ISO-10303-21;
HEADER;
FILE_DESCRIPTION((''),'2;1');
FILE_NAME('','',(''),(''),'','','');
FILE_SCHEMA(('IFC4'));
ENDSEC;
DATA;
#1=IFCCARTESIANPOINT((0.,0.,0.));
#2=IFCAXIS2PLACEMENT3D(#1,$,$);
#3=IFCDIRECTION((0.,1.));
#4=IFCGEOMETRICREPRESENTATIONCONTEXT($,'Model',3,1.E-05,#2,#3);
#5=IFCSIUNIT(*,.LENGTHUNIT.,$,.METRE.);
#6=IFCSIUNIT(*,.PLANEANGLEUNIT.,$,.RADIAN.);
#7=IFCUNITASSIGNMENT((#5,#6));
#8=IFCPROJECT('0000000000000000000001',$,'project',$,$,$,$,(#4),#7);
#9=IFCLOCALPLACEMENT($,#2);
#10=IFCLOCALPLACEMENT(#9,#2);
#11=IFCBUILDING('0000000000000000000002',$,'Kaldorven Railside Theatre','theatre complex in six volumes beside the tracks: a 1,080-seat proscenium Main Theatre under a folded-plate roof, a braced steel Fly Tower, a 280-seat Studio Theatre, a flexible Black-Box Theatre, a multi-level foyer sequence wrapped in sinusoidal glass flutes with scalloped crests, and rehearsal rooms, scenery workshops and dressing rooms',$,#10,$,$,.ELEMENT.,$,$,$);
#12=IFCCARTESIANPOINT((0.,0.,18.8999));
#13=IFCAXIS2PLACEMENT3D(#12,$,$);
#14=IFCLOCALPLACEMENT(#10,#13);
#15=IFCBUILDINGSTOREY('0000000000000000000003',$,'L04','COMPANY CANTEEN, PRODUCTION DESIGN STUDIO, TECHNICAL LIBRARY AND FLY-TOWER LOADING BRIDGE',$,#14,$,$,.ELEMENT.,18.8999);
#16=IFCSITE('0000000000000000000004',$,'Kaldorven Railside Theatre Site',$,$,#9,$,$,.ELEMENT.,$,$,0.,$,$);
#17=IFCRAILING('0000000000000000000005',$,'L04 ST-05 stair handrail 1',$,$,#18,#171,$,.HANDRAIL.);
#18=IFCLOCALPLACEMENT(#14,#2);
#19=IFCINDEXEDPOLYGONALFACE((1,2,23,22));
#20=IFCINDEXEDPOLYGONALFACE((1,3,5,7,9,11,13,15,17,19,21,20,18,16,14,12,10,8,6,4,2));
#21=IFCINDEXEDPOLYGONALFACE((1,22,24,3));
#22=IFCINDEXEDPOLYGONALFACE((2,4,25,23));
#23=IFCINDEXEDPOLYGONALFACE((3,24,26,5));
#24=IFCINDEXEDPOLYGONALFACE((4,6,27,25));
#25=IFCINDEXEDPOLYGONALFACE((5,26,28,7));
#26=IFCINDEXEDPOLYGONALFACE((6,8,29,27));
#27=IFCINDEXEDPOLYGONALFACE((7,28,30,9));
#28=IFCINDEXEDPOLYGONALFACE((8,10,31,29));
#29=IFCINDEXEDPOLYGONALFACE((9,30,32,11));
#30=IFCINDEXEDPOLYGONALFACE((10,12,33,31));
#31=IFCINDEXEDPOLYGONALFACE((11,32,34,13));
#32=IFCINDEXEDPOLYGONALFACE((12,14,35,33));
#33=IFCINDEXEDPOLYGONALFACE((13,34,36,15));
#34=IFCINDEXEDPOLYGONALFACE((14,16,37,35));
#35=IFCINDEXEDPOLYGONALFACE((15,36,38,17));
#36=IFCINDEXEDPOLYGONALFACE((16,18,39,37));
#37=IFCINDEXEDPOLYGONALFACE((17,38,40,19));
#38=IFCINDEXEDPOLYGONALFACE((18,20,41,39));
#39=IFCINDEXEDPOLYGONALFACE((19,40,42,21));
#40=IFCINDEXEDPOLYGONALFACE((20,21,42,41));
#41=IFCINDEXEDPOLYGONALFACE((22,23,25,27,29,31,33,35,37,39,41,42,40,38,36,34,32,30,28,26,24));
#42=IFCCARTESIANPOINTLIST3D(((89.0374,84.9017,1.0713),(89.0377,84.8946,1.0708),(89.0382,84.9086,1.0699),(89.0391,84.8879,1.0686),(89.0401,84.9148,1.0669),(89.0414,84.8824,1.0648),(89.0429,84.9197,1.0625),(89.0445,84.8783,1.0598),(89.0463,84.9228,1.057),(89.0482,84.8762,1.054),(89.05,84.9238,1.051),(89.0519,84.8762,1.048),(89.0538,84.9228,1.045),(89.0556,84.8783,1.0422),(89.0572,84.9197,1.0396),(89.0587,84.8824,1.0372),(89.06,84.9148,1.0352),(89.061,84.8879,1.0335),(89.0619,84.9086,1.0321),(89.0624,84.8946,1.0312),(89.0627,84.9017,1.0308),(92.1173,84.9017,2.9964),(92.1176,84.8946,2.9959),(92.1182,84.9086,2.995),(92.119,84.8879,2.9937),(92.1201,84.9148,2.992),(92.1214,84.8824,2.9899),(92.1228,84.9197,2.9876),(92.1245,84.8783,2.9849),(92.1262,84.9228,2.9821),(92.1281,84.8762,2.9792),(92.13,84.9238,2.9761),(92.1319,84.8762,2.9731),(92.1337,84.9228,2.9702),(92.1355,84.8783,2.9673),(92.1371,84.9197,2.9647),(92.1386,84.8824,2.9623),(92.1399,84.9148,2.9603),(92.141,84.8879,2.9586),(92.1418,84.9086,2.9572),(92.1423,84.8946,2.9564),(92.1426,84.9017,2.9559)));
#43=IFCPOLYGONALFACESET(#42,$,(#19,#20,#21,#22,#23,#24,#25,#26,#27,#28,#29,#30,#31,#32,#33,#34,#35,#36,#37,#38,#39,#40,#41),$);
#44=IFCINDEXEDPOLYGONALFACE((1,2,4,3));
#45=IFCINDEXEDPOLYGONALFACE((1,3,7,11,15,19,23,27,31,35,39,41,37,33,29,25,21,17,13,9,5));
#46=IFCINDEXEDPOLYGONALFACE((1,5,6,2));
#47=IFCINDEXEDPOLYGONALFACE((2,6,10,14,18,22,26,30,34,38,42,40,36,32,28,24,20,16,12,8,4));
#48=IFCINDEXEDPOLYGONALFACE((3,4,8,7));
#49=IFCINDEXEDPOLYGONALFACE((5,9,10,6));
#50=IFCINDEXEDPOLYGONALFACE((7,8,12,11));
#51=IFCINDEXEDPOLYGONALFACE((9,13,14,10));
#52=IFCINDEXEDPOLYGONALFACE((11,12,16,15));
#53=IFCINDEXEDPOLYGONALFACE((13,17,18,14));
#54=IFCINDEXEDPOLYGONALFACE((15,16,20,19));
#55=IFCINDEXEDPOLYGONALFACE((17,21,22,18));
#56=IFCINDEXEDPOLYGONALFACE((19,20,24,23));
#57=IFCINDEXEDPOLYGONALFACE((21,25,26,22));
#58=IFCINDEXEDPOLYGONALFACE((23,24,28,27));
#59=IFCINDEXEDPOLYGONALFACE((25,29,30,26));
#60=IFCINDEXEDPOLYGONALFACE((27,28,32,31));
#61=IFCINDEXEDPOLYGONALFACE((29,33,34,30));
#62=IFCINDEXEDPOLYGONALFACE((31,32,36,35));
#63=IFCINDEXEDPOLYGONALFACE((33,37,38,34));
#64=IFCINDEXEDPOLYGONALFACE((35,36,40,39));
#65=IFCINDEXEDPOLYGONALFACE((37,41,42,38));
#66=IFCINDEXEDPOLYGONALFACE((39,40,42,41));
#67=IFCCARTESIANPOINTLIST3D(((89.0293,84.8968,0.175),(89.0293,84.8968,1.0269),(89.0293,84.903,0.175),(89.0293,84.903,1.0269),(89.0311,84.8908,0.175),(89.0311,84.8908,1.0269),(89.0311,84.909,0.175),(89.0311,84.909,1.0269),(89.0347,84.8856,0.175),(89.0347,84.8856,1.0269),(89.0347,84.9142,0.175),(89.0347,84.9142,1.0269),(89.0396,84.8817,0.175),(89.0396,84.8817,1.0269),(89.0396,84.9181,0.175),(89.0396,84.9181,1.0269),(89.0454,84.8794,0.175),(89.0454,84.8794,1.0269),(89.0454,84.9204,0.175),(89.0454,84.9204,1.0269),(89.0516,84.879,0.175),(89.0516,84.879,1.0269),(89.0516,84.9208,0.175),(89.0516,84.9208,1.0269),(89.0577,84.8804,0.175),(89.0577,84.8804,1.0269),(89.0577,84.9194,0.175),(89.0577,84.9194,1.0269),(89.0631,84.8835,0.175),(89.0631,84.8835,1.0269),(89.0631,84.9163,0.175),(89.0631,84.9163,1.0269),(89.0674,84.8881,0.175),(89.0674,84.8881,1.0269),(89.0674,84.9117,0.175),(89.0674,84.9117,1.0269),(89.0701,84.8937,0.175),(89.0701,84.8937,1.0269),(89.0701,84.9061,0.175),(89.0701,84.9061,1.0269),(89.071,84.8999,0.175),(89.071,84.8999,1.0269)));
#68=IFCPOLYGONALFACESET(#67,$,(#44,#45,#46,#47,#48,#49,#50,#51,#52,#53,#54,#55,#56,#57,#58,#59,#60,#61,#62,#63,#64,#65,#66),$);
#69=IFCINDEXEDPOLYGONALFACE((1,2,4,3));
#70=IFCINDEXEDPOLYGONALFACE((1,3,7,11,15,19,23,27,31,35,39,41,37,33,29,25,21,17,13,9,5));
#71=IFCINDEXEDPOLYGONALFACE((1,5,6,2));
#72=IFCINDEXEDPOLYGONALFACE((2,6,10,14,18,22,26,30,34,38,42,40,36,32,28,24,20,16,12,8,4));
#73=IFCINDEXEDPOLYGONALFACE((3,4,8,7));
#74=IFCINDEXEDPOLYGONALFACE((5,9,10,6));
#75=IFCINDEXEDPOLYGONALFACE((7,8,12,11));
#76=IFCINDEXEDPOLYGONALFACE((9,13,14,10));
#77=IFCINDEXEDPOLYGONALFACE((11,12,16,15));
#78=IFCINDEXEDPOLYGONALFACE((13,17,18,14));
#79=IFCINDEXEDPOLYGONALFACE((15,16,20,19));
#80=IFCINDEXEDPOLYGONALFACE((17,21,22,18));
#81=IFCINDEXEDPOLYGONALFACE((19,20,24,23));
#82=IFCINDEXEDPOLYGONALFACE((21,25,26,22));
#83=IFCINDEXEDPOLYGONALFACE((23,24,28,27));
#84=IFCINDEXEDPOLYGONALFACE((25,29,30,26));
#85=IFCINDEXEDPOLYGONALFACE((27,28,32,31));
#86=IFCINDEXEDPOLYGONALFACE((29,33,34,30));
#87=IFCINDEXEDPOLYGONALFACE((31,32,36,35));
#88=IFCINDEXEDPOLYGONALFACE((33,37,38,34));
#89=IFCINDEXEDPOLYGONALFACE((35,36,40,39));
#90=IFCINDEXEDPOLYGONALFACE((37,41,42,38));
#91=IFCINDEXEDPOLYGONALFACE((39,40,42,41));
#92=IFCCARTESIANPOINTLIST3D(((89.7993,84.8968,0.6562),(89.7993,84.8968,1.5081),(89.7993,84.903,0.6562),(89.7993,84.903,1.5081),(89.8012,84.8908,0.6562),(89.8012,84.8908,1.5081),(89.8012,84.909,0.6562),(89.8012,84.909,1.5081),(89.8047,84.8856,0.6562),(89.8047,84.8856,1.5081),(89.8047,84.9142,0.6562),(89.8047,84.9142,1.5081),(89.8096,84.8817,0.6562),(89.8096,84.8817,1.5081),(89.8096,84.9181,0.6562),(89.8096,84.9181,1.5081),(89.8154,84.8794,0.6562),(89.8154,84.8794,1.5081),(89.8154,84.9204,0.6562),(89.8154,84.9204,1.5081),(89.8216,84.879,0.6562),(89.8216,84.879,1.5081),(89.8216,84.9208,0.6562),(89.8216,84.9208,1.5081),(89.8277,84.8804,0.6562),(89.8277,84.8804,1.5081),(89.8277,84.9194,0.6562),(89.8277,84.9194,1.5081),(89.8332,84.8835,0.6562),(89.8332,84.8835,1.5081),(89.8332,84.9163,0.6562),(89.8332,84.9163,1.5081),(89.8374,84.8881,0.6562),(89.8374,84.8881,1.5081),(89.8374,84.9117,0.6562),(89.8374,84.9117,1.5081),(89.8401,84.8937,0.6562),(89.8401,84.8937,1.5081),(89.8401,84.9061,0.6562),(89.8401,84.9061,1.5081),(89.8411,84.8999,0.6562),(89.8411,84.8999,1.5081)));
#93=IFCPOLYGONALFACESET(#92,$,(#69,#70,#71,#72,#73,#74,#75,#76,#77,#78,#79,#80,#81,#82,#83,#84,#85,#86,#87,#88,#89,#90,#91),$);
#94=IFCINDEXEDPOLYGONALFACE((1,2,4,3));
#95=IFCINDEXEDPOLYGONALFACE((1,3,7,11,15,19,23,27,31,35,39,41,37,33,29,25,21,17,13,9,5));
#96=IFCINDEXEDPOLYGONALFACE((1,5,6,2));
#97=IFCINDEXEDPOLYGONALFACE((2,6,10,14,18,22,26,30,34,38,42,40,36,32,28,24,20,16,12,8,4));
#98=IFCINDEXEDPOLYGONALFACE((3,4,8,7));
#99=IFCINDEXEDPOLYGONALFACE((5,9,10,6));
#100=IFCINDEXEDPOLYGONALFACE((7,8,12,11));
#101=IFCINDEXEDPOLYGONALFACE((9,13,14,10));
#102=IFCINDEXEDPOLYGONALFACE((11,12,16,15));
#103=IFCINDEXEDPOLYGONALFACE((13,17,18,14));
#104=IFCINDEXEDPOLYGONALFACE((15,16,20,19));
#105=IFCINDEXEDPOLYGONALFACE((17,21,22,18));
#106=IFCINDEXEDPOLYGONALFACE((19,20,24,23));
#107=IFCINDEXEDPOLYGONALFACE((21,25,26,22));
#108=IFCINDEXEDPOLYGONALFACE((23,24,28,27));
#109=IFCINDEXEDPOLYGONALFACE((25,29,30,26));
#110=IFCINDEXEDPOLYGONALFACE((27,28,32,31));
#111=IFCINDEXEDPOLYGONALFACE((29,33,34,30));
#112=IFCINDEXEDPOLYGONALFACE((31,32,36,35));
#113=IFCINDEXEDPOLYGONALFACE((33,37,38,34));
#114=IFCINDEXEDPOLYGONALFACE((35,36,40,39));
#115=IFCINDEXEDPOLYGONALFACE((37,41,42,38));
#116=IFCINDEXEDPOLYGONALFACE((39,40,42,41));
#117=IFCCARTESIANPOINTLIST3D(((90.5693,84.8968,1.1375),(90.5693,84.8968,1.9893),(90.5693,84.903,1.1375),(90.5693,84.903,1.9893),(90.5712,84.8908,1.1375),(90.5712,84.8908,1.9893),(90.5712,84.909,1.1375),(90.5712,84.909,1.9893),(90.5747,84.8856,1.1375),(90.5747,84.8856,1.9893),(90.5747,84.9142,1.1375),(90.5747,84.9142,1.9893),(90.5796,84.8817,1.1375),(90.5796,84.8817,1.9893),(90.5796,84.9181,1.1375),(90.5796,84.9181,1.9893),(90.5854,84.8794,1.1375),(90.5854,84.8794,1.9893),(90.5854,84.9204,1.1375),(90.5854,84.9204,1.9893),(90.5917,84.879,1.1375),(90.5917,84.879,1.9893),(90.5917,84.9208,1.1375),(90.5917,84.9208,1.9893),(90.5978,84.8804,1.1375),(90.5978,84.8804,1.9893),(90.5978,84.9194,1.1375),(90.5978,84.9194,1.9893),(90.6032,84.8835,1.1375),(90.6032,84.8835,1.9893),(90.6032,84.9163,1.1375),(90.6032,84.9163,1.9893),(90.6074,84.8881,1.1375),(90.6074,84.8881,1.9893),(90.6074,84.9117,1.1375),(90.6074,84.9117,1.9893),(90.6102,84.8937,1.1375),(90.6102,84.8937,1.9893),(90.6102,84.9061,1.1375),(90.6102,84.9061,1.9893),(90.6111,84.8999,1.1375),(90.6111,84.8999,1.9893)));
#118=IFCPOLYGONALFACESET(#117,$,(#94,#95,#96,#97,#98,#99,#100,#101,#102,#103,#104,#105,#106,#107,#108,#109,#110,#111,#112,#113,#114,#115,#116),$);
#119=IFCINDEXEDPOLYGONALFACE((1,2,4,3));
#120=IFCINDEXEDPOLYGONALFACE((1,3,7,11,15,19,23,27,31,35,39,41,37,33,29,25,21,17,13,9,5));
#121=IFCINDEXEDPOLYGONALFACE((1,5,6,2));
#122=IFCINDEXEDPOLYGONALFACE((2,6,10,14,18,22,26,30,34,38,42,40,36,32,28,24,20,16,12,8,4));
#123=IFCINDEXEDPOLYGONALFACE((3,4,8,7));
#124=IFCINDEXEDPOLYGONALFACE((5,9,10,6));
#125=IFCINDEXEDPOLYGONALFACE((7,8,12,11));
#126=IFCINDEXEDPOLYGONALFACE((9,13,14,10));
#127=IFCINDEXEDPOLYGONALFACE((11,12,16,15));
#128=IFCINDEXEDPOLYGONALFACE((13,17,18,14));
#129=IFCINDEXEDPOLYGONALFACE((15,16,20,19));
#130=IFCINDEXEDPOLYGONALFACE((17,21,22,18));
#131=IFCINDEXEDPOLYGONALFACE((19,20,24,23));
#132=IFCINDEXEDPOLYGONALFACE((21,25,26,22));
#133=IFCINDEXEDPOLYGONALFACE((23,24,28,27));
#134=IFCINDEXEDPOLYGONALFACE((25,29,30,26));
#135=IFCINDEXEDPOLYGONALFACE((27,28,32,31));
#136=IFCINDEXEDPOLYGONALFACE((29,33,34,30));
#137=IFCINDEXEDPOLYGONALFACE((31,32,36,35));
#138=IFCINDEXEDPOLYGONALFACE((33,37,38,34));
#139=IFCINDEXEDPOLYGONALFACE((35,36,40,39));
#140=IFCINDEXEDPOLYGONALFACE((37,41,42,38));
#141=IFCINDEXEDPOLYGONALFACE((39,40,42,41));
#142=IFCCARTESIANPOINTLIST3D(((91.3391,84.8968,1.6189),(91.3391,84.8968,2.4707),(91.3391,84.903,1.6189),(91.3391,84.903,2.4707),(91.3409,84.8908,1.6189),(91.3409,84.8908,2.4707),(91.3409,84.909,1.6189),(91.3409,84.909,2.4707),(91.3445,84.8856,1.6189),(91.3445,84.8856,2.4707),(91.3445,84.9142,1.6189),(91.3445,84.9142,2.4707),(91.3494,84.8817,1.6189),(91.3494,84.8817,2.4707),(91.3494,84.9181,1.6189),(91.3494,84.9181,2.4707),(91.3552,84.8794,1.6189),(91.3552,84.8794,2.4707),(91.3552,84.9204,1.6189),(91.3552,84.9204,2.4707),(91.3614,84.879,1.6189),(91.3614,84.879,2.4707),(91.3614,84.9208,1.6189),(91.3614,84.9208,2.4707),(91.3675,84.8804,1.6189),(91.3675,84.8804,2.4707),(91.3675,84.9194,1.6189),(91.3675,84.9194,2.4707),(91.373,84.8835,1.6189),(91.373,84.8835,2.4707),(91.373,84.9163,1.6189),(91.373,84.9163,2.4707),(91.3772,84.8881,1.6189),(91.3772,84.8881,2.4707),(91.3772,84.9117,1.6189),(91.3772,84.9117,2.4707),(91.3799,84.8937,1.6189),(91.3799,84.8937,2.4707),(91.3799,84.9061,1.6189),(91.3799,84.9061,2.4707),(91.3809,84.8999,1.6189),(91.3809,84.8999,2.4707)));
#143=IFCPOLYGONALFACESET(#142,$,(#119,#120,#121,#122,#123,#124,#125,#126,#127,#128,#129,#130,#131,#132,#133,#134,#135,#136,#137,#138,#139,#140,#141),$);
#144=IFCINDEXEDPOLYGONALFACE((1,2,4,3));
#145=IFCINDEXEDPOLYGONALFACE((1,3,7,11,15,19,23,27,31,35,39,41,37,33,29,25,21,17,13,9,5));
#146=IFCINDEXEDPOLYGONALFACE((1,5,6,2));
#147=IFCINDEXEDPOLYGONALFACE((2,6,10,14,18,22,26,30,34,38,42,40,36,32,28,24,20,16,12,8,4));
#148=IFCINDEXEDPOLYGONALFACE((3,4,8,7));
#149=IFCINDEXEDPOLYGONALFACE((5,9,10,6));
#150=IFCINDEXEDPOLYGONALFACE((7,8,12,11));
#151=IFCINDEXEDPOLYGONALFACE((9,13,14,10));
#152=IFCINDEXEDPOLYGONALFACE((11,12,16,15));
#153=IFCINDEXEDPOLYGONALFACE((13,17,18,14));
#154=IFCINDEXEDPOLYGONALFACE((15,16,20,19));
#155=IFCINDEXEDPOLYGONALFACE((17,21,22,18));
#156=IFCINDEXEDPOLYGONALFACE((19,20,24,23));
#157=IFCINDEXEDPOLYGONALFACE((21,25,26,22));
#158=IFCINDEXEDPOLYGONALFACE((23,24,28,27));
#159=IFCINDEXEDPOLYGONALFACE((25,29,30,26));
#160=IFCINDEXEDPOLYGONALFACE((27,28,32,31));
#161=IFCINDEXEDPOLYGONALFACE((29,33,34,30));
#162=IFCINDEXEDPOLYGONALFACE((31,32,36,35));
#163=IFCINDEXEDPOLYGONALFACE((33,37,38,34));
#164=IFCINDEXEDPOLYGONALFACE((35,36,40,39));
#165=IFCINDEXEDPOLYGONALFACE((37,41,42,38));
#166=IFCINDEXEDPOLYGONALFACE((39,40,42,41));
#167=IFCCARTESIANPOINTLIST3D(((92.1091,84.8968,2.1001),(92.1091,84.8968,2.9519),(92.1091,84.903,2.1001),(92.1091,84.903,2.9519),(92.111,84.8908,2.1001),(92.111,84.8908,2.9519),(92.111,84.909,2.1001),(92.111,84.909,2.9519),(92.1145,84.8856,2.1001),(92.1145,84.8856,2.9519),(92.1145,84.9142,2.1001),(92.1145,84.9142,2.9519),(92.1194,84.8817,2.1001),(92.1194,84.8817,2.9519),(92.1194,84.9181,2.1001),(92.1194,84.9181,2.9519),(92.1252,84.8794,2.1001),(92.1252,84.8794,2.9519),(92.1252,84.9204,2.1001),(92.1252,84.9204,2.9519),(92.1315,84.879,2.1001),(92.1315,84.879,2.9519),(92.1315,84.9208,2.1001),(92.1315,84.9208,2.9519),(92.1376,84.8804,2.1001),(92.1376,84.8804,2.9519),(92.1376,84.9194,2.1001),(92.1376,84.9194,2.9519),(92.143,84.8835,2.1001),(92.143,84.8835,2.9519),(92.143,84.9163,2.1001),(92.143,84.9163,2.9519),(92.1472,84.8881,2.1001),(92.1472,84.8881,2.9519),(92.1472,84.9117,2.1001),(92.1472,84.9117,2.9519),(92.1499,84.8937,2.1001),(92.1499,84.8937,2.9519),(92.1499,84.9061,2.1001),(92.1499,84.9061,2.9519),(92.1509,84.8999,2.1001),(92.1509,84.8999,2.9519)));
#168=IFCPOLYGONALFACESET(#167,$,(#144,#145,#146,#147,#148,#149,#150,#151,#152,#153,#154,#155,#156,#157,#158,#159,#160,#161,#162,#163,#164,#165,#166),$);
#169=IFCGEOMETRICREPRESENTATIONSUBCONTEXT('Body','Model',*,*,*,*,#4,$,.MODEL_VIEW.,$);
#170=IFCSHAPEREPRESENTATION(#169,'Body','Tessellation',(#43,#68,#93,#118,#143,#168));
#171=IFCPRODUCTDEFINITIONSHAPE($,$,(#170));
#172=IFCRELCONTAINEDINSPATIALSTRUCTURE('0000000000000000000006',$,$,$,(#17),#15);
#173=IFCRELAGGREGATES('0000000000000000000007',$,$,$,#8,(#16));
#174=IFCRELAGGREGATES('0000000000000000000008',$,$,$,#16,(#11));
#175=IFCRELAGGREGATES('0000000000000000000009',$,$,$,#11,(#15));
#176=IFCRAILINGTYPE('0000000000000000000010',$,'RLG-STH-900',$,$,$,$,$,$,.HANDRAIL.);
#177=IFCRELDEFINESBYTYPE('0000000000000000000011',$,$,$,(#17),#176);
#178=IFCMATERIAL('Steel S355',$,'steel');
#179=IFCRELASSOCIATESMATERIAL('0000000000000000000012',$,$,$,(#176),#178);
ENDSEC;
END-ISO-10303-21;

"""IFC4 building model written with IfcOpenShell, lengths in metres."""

from ifc_helpers import new_model, si_unit, direction, frame, origin, origin_2d, place, context, subcontext, project, spatial, circle, extrude, material, type_object, element, save


model = new_model("IFC4")

# Units and contexts
model_context = context("Model", 3, precision=1e-05, world=origin(), true_north=direction((0.0, 1.0)))
body_context = subcontext(model_context, "Body", "Model", "MODEL_VIEW")
ifc_project = project(units=[si_unit("LENGTHUNIT", "METRE"), si_unit("PLANEANGLEUNIT", "RADIAN")], contexts=[model_context])

# Site, building, storey
site_placement = place(None, origin())
site = spatial("IfcSite", under=ifc_project, at=site_placement, Name="Kaldorven Railside Theatre Site", CompositionType="ELEMENT", RefElevation=0.0)
building_placement = place(site_placement, origin())
building = spatial("IfcBuilding", under=site, at=building_placement, Name="Kaldorven Railside Theatre", Description="theatre complex in six volumes beside the tracks: a 1,080-seat proscenium Main Theatre under a folded-plate roof, a braced steel Fly Tower, a 280-seat Studio Theatre, a flexible Black-Box Theatre, a multi-level foyer sequence wrapped in sinusoidal glass flutes with scalloped crests, and rehearsal rooms, scenery workshops and dressing rooms", CompositionType="ELEMENT")
storey_placement = place(building_placement, frame((0.0, 0.0, 18.8999)))
storey = spatial("IfcBuildingStorey", under=building, at=storey_placement, Name="L04", Description="COMPANY CANTEEN, PRODUCTION DESIGN STUDIO, TECHNICAL LIBRARY AND FLY-TOWER LOADING BRIDGE", CompositionType="ELEMENT", Elevation=18.8999)

# Shared definitions
ifc_material_1 = material(Name="Steel S355", Category="steel")

# Railing
railing_type_1 = type_object("IfcRailingType", Name="RLG-STH-900", PredefinedType="HANDRAIL", material=ifc_material_1)
railing_1_placement = place(storey_placement, frame((89.05, 84.8999, 0.175)))
element("IfcRailing", 1, at=railing_1_placement, inside=storey, type_object=railing_type_1, Name="L04 ST-05 stair handrail 1", PredefinedType="HANDRAIL", context=body_context, shape_type="SweptSolid", body=[
    extrude(circle(Radius=0.0239, at=origin_2d()), frame((0.0, 0.0, 0.876), z_axis=(0.847979, 0.0, 0.530029), x_axis=(0.0, 1.0, 0.0)), (0.0, 0.0, 1.0), 3.6321),
    extrude(circle(Radius=0.021, at=origin_2d()), origin(), (0.0, 0.0, 1.0), 0.8518),
    extrude(circle(Radius=0.021, at=origin_2d()), frame((0.77, 0.0, 0.4812)), (0.0, 0.0, 1.0), 0.8518),
    extrude(circle(Radius=0.021, at=origin_2d()), frame((1.54, 0.0, 0.9624)), (0.0, 0.0, 1.0), 0.8518),
    extrude(circle(Radius=0.021, at=origin_2d()), frame((2.3098, 0.0, 1.4438)), (0.0, 0.0, 1.0), 0.8518),
    extrude(circle(Radius=0.021, at=origin_2d()), frame((3.0798, 0.0, 1.925)), (0.0, 0.0, 1.0), 0.8518),
])

save(model, "model.ifc")
